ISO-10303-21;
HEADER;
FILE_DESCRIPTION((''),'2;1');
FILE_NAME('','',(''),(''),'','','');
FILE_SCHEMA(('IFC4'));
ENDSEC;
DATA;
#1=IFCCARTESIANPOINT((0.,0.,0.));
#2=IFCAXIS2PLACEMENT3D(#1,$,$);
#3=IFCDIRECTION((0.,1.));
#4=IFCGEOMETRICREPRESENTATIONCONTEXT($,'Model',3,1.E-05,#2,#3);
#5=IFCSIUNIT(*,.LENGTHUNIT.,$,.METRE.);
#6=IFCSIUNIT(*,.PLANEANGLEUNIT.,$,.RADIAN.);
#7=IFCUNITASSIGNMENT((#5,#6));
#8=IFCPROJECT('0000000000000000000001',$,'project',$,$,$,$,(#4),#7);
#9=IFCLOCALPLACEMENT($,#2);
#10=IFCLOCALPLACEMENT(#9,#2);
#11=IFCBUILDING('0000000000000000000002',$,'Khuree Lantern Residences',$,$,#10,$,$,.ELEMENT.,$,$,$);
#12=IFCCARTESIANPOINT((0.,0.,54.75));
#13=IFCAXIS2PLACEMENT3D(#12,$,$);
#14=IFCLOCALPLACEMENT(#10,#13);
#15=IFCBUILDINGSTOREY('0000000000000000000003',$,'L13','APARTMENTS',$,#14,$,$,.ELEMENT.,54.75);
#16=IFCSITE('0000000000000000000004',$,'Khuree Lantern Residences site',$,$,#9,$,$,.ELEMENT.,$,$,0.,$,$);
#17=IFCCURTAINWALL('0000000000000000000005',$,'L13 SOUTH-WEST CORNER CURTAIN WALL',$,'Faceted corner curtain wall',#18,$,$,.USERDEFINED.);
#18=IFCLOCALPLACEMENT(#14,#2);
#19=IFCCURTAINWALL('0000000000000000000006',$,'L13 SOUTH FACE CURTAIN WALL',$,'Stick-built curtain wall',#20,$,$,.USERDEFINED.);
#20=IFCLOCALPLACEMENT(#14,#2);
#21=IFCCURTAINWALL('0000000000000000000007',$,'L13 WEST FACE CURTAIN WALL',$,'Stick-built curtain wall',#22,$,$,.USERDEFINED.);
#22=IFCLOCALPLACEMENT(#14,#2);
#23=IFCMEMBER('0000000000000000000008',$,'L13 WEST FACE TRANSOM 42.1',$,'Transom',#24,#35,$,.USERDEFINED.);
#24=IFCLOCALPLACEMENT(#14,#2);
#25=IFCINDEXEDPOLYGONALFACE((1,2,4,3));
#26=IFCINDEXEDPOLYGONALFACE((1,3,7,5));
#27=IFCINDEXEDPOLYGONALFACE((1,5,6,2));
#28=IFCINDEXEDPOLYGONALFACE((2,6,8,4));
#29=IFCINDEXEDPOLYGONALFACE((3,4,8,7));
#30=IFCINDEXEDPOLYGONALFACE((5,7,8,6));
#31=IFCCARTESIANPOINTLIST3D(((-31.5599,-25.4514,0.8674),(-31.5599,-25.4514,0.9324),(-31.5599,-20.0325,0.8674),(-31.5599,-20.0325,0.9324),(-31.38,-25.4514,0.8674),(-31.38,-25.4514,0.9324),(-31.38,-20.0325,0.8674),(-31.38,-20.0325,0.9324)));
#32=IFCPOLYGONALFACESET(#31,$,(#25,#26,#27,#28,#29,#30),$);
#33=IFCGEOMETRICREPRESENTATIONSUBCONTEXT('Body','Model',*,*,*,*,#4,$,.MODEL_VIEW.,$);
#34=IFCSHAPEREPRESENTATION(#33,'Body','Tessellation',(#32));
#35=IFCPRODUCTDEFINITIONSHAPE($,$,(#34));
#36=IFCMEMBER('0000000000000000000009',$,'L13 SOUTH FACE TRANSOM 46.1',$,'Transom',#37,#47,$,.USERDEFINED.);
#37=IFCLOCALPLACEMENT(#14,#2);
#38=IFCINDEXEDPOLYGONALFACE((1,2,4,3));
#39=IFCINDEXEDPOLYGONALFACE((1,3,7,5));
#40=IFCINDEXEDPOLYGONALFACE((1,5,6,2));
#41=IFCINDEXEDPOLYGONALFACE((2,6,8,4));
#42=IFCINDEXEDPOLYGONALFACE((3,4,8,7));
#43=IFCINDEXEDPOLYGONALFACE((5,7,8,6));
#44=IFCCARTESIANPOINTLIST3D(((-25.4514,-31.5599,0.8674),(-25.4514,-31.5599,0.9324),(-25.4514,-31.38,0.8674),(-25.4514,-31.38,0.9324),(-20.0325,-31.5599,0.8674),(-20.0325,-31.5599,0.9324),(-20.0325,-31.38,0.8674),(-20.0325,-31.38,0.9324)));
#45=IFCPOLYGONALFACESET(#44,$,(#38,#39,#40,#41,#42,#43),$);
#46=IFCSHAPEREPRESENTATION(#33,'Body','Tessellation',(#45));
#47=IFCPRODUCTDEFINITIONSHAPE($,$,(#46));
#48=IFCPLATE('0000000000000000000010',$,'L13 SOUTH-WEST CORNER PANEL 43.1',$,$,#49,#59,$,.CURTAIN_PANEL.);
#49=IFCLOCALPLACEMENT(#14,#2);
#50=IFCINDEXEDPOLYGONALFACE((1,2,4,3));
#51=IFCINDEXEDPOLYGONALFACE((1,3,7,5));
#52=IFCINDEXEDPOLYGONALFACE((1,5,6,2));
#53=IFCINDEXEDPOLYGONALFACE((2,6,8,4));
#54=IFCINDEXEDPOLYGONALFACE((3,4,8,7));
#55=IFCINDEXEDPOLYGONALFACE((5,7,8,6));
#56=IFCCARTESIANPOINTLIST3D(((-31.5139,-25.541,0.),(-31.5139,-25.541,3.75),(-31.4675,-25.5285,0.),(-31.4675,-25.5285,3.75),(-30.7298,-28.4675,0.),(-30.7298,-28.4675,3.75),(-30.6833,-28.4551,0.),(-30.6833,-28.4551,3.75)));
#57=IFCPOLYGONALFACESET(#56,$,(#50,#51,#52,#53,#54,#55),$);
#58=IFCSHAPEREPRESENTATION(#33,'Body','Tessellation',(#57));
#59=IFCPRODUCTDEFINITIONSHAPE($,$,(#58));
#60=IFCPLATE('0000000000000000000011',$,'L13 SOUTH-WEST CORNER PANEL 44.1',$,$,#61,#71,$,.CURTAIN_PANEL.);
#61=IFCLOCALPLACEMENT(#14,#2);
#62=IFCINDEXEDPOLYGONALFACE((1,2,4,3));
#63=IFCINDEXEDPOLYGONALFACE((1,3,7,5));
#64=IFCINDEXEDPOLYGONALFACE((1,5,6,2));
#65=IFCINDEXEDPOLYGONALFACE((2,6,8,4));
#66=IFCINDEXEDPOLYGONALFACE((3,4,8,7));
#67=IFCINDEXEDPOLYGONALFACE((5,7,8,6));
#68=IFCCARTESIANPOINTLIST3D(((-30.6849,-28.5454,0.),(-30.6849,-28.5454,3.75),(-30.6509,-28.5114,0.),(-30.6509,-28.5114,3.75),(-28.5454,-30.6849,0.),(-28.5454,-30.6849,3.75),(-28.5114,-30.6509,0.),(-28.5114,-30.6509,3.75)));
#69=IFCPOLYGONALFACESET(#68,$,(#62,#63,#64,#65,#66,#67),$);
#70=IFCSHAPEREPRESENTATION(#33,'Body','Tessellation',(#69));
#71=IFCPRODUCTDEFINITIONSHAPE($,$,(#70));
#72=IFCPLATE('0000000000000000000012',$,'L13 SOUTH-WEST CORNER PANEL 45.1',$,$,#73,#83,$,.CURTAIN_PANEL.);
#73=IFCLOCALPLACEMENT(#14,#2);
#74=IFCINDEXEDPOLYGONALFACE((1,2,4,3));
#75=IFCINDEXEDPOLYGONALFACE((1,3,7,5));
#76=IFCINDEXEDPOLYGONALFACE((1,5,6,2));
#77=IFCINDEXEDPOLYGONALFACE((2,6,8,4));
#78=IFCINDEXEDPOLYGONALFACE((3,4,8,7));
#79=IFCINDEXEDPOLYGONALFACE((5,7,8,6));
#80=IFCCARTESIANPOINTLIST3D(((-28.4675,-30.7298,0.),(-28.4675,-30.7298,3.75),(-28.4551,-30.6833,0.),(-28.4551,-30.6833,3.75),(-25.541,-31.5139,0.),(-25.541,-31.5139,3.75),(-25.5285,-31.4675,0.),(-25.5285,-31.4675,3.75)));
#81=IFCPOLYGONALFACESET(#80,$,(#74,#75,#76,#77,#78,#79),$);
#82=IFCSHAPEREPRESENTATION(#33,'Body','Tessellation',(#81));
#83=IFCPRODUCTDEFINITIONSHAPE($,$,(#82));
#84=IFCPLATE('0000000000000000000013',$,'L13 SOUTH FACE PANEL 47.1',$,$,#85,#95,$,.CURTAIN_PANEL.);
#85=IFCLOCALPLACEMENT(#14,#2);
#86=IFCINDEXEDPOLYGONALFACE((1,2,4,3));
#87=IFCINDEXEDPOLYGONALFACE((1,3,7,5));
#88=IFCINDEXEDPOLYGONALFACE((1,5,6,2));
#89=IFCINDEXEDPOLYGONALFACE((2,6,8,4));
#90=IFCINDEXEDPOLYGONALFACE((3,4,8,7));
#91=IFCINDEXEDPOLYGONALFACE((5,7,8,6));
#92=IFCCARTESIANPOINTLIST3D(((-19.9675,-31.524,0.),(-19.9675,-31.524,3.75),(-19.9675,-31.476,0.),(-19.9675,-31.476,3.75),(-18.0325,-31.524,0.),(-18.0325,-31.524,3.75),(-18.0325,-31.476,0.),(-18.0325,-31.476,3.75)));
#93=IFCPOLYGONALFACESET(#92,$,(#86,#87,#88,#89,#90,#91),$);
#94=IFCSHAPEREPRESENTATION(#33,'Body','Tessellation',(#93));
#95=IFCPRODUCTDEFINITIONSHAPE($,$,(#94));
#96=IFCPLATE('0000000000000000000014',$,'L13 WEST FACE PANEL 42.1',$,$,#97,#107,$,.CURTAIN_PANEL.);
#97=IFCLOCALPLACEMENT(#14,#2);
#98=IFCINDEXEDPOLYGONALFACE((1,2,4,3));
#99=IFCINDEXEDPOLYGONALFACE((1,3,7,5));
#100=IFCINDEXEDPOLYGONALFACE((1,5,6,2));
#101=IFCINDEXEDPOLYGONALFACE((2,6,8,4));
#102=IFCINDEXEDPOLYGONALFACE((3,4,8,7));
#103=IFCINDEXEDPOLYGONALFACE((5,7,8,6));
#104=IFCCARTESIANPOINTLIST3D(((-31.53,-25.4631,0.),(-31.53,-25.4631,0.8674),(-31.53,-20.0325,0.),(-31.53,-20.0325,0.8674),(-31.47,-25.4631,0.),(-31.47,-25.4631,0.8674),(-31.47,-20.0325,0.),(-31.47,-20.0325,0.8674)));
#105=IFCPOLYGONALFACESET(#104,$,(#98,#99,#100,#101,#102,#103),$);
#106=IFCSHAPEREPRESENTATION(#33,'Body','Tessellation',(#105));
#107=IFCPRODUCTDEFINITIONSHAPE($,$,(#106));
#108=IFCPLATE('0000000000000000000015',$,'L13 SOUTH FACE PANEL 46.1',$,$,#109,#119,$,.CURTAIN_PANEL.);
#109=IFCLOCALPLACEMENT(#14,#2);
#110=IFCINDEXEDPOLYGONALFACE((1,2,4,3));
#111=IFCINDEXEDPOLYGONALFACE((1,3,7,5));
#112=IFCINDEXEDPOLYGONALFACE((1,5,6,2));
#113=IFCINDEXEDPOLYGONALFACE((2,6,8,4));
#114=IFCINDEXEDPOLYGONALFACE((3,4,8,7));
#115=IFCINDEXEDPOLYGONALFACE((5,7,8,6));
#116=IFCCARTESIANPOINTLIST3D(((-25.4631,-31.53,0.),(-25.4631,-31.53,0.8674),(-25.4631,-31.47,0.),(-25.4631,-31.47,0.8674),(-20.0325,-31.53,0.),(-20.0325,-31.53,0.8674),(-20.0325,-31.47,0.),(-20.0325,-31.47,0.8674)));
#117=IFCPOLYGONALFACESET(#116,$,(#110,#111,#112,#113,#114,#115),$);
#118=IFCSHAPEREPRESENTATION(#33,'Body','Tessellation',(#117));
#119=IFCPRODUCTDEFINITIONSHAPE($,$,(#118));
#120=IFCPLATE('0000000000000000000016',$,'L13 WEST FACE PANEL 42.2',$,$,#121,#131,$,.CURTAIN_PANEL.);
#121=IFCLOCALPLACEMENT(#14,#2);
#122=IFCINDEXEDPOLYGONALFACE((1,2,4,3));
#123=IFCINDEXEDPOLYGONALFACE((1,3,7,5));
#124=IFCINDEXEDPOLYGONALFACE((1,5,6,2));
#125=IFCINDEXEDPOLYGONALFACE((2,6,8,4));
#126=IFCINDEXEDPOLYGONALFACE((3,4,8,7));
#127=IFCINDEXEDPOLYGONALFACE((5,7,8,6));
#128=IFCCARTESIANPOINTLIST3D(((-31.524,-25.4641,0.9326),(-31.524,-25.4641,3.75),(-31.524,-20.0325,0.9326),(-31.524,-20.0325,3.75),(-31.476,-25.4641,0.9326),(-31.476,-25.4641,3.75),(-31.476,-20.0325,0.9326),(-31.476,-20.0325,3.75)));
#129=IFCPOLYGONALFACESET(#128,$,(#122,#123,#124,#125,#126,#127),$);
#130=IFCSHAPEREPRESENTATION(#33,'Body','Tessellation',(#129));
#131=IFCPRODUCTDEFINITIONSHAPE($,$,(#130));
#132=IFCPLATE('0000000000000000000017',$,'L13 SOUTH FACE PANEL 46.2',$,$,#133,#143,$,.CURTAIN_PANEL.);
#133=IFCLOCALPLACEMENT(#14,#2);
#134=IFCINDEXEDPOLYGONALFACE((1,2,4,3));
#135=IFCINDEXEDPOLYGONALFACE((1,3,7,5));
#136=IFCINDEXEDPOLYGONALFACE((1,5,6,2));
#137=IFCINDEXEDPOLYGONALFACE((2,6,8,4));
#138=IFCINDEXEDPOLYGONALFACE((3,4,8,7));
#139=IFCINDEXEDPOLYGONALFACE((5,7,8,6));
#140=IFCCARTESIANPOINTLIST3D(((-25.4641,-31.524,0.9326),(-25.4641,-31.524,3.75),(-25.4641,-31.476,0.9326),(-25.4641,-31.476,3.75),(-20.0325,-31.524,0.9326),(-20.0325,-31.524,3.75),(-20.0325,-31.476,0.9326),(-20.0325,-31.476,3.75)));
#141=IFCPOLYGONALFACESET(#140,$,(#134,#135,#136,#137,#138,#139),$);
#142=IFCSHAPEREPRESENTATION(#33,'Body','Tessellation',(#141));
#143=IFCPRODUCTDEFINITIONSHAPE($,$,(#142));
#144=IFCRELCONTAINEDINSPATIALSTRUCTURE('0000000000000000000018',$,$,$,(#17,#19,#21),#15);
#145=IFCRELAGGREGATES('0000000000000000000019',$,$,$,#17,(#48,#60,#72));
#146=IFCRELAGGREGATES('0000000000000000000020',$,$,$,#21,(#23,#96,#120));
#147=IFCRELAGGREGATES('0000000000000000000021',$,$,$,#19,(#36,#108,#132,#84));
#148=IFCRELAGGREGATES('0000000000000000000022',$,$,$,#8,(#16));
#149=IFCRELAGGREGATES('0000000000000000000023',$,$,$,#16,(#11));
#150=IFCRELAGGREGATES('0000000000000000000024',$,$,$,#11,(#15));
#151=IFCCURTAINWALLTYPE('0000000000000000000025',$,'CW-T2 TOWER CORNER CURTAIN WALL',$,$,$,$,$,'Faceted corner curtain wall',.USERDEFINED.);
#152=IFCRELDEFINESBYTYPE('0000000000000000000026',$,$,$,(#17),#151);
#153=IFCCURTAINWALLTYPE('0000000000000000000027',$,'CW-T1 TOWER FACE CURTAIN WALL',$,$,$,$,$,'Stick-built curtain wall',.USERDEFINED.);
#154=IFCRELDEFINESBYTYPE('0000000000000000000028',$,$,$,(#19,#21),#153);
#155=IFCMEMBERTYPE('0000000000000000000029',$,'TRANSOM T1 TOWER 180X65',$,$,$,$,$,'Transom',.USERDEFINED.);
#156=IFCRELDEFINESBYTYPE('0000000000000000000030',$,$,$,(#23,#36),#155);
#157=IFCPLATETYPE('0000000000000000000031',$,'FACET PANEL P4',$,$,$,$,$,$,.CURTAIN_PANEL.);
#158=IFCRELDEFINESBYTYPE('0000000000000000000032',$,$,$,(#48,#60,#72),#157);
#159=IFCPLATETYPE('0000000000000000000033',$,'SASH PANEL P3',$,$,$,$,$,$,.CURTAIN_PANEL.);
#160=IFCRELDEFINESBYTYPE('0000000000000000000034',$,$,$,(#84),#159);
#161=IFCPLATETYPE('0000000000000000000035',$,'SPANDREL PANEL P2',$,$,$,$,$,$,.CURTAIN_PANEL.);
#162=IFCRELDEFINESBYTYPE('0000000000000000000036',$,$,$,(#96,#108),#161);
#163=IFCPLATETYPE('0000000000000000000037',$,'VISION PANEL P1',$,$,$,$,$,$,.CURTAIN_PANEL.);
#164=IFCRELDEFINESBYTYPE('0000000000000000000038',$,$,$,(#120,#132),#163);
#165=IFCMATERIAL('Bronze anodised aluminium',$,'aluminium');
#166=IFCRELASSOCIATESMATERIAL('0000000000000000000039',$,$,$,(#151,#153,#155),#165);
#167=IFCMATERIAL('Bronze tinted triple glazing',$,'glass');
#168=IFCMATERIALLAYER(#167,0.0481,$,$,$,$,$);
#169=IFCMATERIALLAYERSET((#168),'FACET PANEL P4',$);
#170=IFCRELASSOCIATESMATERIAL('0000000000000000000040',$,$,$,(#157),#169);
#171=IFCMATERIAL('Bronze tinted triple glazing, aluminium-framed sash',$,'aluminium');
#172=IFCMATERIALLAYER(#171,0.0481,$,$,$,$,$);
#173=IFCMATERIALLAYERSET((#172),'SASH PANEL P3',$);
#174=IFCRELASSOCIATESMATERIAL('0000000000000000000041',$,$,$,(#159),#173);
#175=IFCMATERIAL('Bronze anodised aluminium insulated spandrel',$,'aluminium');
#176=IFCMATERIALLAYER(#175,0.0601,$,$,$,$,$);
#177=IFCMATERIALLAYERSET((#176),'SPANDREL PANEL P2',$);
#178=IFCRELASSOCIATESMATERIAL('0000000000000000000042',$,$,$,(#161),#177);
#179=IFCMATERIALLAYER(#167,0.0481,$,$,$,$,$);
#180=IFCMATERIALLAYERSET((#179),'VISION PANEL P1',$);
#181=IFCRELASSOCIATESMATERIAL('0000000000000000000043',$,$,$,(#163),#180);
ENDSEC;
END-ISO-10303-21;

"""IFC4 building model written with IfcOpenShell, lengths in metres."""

from ifc_helpers import new_model, si_unit, direction, frame, origin, origin_2d, place, context, subcontext, project, spatial, rectangle, extrude, material, layer, layer_set, material_profile, profile_set, type_object, element, aggregate, save


model = new_model("IFC4")

# Units and contexts
model_context = context("Model", 3, precision=1e-05, world=origin(), true_north=direction((0.0, 1.0)))
body_context = subcontext(model_context, "Body", "Model", "MODEL_VIEW")
ifc_project = project(units=[si_unit("LENGTHUNIT", "METRE"), si_unit("PLANEANGLEUNIT", "RADIAN")], contexts=[model_context])

# Site, building, storey
site_placement = place(None, origin())
site = spatial("IfcSite", under=ifc_project, at=site_placement, Name="Khuree Lantern Residences site", CompositionType="ELEMENT", RefElevation=0.0)
building_placement = place(site_placement, origin())
building = spatial("IfcBuilding", under=site, at=building_placement, Name="Khuree Lantern Residences", CompositionType="ELEMENT")
storey_placement = place(building_placement, frame((0.0, 0.0, 54.75)))
storey = spatial("IfcBuildingStorey", under=building, at=storey_placement, Name="L13", Description="APARTMENTS", CompositionType="ELEMENT", Elevation=54.75)

# Curtain wall
ifc_material_1 = material(Name="Bronze anodised aluminium", Category="aluminium")
curtain_wall_type_1 = type_object("IfcCurtainWallType", Name="CW-T2 TOWER CORNER CURTAIN WALL", ElementType="Faceted corner curtain wall", PredefinedType="USERDEFINED", material=ifc_material_1)
curtain_wall_1_placement = place(storey_placement, origin())
curtain_wall_1 = element("IfcCurtainWall", 1, at=curtain_wall_1_placement, inside=storey, type_object=curtain_wall_type_1, Name="L13 SOUTH-WEST CORNER CURTAIN WALL", ObjectType="Faceted corner curtain wall", PredefinedType="USERDEFINED")

# Curtain wall
curtain_wall_type_2 = type_object("IfcCurtainWallType", Name="CW-T1 TOWER FACE CURTAIN WALL", ElementType="Stick-built curtain wall", PredefinedType="USERDEFINED", material=ifc_material_1)
curtain_wall_2_placement = place(storey_placement, origin())
curtain_wall_2 = element("IfcCurtainWall", 2, at=curtain_wall_2_placement, inside=storey, type_object=curtain_wall_type_2, Name="L13 SOUTH FACE CURTAIN WALL", ObjectType="Stick-built curtain wall", PredefinedType="USERDEFINED")

# Curtain wall, member
curtain_wall_3_placement = place(storey_placement, origin())
curtain_wall_3 = element("IfcCurtainWall", 3, at=curtain_wall_3_placement, inside=storey, type_object=curtain_wall_type_2, Name="L13 WEST FACE CURTAIN WALL", ObjectType="Stick-built curtain wall", PredefinedType="USERDEFINED")
ifc_material_profile_1 = material_profile(ifc_material_1, rectangle(XDim=0.1799, YDim=0.0649, at=origin_2d()), Name="T1 180X65")
ifc_profile_set_1 = profile_set([ifc_material_profile_1], Name="Bronze anodised aluminium")
member_type_1 = type_object("IfcMemberType", Name="TRANSOM T1 TOWER 180X65", ElementType="Transom", PredefinedType="USERDEFINED", material=ifc_profile_set_1)
member_1_placement = place(storey_placement, frame((-31.47, -20.0325, 0.8999), z_axis=(0.0, -1.0, 0.0), x_axis=(1.0, 0.0, 0.0)))
member_1 = element("IfcMember", 4, at=member_1_placement, type_object=member_type_1, Name="L13 WEST FACE TRANSOM 42.1", ObjectType="Transom", PredefinedType="USERDEFINED", context=body_context, shape_type="SweptSolid", body=[
    extrude(rectangle(XDim=0.1799, YDim=0.0649, at=origin_2d()), origin(), (0.0, 0.0, 1.0), 5.4189),
])

# Member
member_2_placement = place(storey_placement, frame((-25.4514, -31.47, 0.8999), z_axis=(1.0, 0.0, 0.0), x_axis=(0.0, 1.0, 0.0)))
member_2 = element("IfcMember", 5, at=member_2_placement, type_object=member_type_1, Name="L13 SOUTH FACE TRANSOM 46.1", ObjectType="Transom", PredefinedType="USERDEFINED", context=body_context, shape_type="SweptSolid", body=[
    extrude(rectangle(XDim=0.1799, YDim=0.0649, at=origin_2d()), origin(), (0.0, 0.0, 1.0), 5.4189),
])

# Plates
ifc_material_2 = material(Name="Bronze tinted triple glazing", Category="glass")
ifc_layer_1 = layer(ifc_material_2, 0.0481)
ifc_layer_set_1 = layer_set([ifc_layer_1], Name="FACET PANEL P4")
plate_type_1 = type_object("IfcPlateType", Name="FACET PANEL P4", PredefinedType="CURTAIN_PANEL", material=ifc_layer_set_1)
plate_1_placement = place(storey_placement, frame((-31.0986, -26.998, 0.0), z_axis=(0.0, 0.0, 1.0), x_axis=(0.258819, -0.965926, 0.0)))
plate_1 = element("IfcPlate", 6, at=plate_1_placement, type_object=plate_type_1, Name="L13 SOUTH-WEST CORNER PANEL 43.1", PredefinedType="CURTAIN_PANEL", context=body_context, shape_type="SweptSolid", body=[
    extrude(rectangle(XDim=3.0298, YDim=0.0481, at=origin_2d()), origin(), (0.0, 0.0, 1.0), 3.75),
])
plate_2_placement = place(storey_placement, frame((-29.5981, -29.5981, 0.0), z_axis=(0.0, 0.0, 1.0), x_axis=(0.707107, -0.707107, 0.0)))
plate_2 = element("IfcPlate", 7, at=plate_2_placement, type_object=plate_type_1, Name="L13 SOUTH-WEST CORNER PANEL 44.1", PredefinedType="CURTAIN_PANEL", context=body_context, shape_type="SweptSolid", body=[
    extrude(rectangle(XDim=3.0256, YDim=0.0481, at=origin_2d()), origin(), (0.0, 0.0, 1.0), 3.75),
])
plate_3_placement = place(storey_placement, frame((-26.998, -31.0986, 0.0), z_axis=(0.0, 0.0, 1.0), x_axis=(0.965926, -0.258819, 0.0)))
plate_3 = element("IfcPlate", 8, at=plate_3_placement, type_object=plate_type_1, Name="L13 SOUTH-WEST CORNER PANEL 45.1", PredefinedType="CURTAIN_PANEL", context=body_context, shape_type="SweptSolid", body=[
    extrude(rectangle(XDim=3.0298, YDim=0.0481, at=origin_2d()), origin(), (0.0, 0.0, 1.0), 3.75),
])
aggregate(curtain_wall_1, [plate_1, plate_2, plate_3])
ifc_material_3 = material(Name="Bronze tinted triple glazing, aluminium-framed sash", Category="aluminium")
ifc_layer_2 = layer(ifc_material_3, 0.0481)
ifc_layer_set_2 = layer_set([ifc_layer_2], Name="SASH PANEL P3")
plate_type_2 = type_object("IfcPlateType", Name="SASH PANEL P3", PredefinedType="CURTAIN_PANEL", material=ifc_layer_set_2)
plate_4_placement = place(storey_placement, frame((-19.0, -31.5, 0.0), z_axis=(0.0, 0.0, 1.0), x_axis=(1.0, 0.0, 0.0)))
plate_4 = element("IfcPlate", 9, at=plate_4_placement, type_object=plate_type_2, Name="L13 SOUTH FACE PANEL 47.1", PredefinedType="CURTAIN_PANEL", context=body_context, shape_type="SweptSolid", body=[
    extrude(rectangle(XDim=1.9351, YDim=0.0481, at=origin_2d()), origin(), (0.0, 0.0, 1.0), 3.75),
])
ifc_material_4 = material(Name="Bronze anodised aluminium insulated spandrel", Category="aluminium")
ifc_layer_3 = layer(ifc_material_4, 0.0601)
ifc_layer_set_3 = layer_set([ifc_layer_3], Name="SPANDREL PANEL P2")
plate_type_3 = type_object("IfcPlateType", Name="SPANDREL PANEL P2", PredefinedType="CURTAIN_PANEL", material=ifc_layer_set_3)
plate_5_placement = place(storey_placement, frame((-31.5, -22.7478, 0.0), z_axis=(0.0, 0.0, 1.0), x_axis=(0.0, -1.0, 0.0)))
plate_5 = element("IfcPlate", 10, at=plate_5_placement, type_object=plate_type_3, Name="L13 WEST FACE PANEL 42.1", PredefinedType="CURTAIN_PANEL", context=body_context, shape_type="SweptSolid", body=[
    extrude(rectangle(XDim=5.4307, YDim=0.0601, at=origin_2d()), origin(), (0.0, 0.0, 1.0), 0.8674),
])
plate_6_placement = place(storey_placement, frame((-22.7478, -31.5, 0.0), z_axis=(0.0, 0.0, 1.0), x_axis=(1.0, 0.0, 0.0)))
plate_6 = element("IfcPlate", 11, at=plate_6_placement, type_object=plate_type_3, Name="L13 SOUTH FACE PANEL 46.1", PredefinedType="CURTAIN_PANEL", context=body_context, shape_type="SweptSolid", body=[
    extrude(rectangle(XDim=5.4307, YDim=0.0601, at=origin_2d()), origin(), (0.0, 0.0, 1.0), 0.8674),
])
ifc_layer_4 = layer(ifc_material_2, 0.0481)
ifc_layer_set_4 = layer_set([ifc_layer_4], Name="VISION PANEL P1")
plate_type_4 = type_object("IfcPlateType", Name="VISION PANEL P1", PredefinedType="CURTAIN_PANEL", material=ifc_layer_set_4)
plate_7_placement = place(storey_placement, frame((-31.5, -22.7483, 0.9326), z_axis=(0.0, 0.0, 1.0), x_axis=(0.0, -1.0, 0.0)))
plate_7 = element("IfcPlate", 12, at=plate_7_placement, type_object=plate_type_4, Name="L13 WEST FACE PANEL 42.2", PredefinedType="CURTAIN_PANEL", context=body_context, shape_type="SweptSolid", body=[
    extrude(rectangle(XDim=5.4316, YDim=0.0481, at=origin_2d()), origin(), (0.0, 0.0, 1.0), 2.8174),
])
aggregate(curtain_wall_3, [member_1, plate_5, plate_7])
plate_8_placement = place(storey_placement, frame((-22.7483, -31.5, 0.9326), z_axis=(0.0, 0.0, 1.0), x_axis=(1.0, 0.0, 0.0)))
plate_8 = element("IfcPlate", 13, at=plate_8_placement, type_object=plate_type_4, Name="L13 SOUTH FACE PANEL 46.2", PredefinedType="CURTAIN_PANEL", context=body_context, shape_type="SweptSolid", body=[
    extrude(rectangle(XDim=5.4316, YDim=0.0481, at=origin_2d()), origin(), (0.0, 0.0, 1.0), 2.8174),
])
aggregate(curtain_wall_2, [member_2, plate_6, plate_8, plate_4])

save(model, "model.ifc")
